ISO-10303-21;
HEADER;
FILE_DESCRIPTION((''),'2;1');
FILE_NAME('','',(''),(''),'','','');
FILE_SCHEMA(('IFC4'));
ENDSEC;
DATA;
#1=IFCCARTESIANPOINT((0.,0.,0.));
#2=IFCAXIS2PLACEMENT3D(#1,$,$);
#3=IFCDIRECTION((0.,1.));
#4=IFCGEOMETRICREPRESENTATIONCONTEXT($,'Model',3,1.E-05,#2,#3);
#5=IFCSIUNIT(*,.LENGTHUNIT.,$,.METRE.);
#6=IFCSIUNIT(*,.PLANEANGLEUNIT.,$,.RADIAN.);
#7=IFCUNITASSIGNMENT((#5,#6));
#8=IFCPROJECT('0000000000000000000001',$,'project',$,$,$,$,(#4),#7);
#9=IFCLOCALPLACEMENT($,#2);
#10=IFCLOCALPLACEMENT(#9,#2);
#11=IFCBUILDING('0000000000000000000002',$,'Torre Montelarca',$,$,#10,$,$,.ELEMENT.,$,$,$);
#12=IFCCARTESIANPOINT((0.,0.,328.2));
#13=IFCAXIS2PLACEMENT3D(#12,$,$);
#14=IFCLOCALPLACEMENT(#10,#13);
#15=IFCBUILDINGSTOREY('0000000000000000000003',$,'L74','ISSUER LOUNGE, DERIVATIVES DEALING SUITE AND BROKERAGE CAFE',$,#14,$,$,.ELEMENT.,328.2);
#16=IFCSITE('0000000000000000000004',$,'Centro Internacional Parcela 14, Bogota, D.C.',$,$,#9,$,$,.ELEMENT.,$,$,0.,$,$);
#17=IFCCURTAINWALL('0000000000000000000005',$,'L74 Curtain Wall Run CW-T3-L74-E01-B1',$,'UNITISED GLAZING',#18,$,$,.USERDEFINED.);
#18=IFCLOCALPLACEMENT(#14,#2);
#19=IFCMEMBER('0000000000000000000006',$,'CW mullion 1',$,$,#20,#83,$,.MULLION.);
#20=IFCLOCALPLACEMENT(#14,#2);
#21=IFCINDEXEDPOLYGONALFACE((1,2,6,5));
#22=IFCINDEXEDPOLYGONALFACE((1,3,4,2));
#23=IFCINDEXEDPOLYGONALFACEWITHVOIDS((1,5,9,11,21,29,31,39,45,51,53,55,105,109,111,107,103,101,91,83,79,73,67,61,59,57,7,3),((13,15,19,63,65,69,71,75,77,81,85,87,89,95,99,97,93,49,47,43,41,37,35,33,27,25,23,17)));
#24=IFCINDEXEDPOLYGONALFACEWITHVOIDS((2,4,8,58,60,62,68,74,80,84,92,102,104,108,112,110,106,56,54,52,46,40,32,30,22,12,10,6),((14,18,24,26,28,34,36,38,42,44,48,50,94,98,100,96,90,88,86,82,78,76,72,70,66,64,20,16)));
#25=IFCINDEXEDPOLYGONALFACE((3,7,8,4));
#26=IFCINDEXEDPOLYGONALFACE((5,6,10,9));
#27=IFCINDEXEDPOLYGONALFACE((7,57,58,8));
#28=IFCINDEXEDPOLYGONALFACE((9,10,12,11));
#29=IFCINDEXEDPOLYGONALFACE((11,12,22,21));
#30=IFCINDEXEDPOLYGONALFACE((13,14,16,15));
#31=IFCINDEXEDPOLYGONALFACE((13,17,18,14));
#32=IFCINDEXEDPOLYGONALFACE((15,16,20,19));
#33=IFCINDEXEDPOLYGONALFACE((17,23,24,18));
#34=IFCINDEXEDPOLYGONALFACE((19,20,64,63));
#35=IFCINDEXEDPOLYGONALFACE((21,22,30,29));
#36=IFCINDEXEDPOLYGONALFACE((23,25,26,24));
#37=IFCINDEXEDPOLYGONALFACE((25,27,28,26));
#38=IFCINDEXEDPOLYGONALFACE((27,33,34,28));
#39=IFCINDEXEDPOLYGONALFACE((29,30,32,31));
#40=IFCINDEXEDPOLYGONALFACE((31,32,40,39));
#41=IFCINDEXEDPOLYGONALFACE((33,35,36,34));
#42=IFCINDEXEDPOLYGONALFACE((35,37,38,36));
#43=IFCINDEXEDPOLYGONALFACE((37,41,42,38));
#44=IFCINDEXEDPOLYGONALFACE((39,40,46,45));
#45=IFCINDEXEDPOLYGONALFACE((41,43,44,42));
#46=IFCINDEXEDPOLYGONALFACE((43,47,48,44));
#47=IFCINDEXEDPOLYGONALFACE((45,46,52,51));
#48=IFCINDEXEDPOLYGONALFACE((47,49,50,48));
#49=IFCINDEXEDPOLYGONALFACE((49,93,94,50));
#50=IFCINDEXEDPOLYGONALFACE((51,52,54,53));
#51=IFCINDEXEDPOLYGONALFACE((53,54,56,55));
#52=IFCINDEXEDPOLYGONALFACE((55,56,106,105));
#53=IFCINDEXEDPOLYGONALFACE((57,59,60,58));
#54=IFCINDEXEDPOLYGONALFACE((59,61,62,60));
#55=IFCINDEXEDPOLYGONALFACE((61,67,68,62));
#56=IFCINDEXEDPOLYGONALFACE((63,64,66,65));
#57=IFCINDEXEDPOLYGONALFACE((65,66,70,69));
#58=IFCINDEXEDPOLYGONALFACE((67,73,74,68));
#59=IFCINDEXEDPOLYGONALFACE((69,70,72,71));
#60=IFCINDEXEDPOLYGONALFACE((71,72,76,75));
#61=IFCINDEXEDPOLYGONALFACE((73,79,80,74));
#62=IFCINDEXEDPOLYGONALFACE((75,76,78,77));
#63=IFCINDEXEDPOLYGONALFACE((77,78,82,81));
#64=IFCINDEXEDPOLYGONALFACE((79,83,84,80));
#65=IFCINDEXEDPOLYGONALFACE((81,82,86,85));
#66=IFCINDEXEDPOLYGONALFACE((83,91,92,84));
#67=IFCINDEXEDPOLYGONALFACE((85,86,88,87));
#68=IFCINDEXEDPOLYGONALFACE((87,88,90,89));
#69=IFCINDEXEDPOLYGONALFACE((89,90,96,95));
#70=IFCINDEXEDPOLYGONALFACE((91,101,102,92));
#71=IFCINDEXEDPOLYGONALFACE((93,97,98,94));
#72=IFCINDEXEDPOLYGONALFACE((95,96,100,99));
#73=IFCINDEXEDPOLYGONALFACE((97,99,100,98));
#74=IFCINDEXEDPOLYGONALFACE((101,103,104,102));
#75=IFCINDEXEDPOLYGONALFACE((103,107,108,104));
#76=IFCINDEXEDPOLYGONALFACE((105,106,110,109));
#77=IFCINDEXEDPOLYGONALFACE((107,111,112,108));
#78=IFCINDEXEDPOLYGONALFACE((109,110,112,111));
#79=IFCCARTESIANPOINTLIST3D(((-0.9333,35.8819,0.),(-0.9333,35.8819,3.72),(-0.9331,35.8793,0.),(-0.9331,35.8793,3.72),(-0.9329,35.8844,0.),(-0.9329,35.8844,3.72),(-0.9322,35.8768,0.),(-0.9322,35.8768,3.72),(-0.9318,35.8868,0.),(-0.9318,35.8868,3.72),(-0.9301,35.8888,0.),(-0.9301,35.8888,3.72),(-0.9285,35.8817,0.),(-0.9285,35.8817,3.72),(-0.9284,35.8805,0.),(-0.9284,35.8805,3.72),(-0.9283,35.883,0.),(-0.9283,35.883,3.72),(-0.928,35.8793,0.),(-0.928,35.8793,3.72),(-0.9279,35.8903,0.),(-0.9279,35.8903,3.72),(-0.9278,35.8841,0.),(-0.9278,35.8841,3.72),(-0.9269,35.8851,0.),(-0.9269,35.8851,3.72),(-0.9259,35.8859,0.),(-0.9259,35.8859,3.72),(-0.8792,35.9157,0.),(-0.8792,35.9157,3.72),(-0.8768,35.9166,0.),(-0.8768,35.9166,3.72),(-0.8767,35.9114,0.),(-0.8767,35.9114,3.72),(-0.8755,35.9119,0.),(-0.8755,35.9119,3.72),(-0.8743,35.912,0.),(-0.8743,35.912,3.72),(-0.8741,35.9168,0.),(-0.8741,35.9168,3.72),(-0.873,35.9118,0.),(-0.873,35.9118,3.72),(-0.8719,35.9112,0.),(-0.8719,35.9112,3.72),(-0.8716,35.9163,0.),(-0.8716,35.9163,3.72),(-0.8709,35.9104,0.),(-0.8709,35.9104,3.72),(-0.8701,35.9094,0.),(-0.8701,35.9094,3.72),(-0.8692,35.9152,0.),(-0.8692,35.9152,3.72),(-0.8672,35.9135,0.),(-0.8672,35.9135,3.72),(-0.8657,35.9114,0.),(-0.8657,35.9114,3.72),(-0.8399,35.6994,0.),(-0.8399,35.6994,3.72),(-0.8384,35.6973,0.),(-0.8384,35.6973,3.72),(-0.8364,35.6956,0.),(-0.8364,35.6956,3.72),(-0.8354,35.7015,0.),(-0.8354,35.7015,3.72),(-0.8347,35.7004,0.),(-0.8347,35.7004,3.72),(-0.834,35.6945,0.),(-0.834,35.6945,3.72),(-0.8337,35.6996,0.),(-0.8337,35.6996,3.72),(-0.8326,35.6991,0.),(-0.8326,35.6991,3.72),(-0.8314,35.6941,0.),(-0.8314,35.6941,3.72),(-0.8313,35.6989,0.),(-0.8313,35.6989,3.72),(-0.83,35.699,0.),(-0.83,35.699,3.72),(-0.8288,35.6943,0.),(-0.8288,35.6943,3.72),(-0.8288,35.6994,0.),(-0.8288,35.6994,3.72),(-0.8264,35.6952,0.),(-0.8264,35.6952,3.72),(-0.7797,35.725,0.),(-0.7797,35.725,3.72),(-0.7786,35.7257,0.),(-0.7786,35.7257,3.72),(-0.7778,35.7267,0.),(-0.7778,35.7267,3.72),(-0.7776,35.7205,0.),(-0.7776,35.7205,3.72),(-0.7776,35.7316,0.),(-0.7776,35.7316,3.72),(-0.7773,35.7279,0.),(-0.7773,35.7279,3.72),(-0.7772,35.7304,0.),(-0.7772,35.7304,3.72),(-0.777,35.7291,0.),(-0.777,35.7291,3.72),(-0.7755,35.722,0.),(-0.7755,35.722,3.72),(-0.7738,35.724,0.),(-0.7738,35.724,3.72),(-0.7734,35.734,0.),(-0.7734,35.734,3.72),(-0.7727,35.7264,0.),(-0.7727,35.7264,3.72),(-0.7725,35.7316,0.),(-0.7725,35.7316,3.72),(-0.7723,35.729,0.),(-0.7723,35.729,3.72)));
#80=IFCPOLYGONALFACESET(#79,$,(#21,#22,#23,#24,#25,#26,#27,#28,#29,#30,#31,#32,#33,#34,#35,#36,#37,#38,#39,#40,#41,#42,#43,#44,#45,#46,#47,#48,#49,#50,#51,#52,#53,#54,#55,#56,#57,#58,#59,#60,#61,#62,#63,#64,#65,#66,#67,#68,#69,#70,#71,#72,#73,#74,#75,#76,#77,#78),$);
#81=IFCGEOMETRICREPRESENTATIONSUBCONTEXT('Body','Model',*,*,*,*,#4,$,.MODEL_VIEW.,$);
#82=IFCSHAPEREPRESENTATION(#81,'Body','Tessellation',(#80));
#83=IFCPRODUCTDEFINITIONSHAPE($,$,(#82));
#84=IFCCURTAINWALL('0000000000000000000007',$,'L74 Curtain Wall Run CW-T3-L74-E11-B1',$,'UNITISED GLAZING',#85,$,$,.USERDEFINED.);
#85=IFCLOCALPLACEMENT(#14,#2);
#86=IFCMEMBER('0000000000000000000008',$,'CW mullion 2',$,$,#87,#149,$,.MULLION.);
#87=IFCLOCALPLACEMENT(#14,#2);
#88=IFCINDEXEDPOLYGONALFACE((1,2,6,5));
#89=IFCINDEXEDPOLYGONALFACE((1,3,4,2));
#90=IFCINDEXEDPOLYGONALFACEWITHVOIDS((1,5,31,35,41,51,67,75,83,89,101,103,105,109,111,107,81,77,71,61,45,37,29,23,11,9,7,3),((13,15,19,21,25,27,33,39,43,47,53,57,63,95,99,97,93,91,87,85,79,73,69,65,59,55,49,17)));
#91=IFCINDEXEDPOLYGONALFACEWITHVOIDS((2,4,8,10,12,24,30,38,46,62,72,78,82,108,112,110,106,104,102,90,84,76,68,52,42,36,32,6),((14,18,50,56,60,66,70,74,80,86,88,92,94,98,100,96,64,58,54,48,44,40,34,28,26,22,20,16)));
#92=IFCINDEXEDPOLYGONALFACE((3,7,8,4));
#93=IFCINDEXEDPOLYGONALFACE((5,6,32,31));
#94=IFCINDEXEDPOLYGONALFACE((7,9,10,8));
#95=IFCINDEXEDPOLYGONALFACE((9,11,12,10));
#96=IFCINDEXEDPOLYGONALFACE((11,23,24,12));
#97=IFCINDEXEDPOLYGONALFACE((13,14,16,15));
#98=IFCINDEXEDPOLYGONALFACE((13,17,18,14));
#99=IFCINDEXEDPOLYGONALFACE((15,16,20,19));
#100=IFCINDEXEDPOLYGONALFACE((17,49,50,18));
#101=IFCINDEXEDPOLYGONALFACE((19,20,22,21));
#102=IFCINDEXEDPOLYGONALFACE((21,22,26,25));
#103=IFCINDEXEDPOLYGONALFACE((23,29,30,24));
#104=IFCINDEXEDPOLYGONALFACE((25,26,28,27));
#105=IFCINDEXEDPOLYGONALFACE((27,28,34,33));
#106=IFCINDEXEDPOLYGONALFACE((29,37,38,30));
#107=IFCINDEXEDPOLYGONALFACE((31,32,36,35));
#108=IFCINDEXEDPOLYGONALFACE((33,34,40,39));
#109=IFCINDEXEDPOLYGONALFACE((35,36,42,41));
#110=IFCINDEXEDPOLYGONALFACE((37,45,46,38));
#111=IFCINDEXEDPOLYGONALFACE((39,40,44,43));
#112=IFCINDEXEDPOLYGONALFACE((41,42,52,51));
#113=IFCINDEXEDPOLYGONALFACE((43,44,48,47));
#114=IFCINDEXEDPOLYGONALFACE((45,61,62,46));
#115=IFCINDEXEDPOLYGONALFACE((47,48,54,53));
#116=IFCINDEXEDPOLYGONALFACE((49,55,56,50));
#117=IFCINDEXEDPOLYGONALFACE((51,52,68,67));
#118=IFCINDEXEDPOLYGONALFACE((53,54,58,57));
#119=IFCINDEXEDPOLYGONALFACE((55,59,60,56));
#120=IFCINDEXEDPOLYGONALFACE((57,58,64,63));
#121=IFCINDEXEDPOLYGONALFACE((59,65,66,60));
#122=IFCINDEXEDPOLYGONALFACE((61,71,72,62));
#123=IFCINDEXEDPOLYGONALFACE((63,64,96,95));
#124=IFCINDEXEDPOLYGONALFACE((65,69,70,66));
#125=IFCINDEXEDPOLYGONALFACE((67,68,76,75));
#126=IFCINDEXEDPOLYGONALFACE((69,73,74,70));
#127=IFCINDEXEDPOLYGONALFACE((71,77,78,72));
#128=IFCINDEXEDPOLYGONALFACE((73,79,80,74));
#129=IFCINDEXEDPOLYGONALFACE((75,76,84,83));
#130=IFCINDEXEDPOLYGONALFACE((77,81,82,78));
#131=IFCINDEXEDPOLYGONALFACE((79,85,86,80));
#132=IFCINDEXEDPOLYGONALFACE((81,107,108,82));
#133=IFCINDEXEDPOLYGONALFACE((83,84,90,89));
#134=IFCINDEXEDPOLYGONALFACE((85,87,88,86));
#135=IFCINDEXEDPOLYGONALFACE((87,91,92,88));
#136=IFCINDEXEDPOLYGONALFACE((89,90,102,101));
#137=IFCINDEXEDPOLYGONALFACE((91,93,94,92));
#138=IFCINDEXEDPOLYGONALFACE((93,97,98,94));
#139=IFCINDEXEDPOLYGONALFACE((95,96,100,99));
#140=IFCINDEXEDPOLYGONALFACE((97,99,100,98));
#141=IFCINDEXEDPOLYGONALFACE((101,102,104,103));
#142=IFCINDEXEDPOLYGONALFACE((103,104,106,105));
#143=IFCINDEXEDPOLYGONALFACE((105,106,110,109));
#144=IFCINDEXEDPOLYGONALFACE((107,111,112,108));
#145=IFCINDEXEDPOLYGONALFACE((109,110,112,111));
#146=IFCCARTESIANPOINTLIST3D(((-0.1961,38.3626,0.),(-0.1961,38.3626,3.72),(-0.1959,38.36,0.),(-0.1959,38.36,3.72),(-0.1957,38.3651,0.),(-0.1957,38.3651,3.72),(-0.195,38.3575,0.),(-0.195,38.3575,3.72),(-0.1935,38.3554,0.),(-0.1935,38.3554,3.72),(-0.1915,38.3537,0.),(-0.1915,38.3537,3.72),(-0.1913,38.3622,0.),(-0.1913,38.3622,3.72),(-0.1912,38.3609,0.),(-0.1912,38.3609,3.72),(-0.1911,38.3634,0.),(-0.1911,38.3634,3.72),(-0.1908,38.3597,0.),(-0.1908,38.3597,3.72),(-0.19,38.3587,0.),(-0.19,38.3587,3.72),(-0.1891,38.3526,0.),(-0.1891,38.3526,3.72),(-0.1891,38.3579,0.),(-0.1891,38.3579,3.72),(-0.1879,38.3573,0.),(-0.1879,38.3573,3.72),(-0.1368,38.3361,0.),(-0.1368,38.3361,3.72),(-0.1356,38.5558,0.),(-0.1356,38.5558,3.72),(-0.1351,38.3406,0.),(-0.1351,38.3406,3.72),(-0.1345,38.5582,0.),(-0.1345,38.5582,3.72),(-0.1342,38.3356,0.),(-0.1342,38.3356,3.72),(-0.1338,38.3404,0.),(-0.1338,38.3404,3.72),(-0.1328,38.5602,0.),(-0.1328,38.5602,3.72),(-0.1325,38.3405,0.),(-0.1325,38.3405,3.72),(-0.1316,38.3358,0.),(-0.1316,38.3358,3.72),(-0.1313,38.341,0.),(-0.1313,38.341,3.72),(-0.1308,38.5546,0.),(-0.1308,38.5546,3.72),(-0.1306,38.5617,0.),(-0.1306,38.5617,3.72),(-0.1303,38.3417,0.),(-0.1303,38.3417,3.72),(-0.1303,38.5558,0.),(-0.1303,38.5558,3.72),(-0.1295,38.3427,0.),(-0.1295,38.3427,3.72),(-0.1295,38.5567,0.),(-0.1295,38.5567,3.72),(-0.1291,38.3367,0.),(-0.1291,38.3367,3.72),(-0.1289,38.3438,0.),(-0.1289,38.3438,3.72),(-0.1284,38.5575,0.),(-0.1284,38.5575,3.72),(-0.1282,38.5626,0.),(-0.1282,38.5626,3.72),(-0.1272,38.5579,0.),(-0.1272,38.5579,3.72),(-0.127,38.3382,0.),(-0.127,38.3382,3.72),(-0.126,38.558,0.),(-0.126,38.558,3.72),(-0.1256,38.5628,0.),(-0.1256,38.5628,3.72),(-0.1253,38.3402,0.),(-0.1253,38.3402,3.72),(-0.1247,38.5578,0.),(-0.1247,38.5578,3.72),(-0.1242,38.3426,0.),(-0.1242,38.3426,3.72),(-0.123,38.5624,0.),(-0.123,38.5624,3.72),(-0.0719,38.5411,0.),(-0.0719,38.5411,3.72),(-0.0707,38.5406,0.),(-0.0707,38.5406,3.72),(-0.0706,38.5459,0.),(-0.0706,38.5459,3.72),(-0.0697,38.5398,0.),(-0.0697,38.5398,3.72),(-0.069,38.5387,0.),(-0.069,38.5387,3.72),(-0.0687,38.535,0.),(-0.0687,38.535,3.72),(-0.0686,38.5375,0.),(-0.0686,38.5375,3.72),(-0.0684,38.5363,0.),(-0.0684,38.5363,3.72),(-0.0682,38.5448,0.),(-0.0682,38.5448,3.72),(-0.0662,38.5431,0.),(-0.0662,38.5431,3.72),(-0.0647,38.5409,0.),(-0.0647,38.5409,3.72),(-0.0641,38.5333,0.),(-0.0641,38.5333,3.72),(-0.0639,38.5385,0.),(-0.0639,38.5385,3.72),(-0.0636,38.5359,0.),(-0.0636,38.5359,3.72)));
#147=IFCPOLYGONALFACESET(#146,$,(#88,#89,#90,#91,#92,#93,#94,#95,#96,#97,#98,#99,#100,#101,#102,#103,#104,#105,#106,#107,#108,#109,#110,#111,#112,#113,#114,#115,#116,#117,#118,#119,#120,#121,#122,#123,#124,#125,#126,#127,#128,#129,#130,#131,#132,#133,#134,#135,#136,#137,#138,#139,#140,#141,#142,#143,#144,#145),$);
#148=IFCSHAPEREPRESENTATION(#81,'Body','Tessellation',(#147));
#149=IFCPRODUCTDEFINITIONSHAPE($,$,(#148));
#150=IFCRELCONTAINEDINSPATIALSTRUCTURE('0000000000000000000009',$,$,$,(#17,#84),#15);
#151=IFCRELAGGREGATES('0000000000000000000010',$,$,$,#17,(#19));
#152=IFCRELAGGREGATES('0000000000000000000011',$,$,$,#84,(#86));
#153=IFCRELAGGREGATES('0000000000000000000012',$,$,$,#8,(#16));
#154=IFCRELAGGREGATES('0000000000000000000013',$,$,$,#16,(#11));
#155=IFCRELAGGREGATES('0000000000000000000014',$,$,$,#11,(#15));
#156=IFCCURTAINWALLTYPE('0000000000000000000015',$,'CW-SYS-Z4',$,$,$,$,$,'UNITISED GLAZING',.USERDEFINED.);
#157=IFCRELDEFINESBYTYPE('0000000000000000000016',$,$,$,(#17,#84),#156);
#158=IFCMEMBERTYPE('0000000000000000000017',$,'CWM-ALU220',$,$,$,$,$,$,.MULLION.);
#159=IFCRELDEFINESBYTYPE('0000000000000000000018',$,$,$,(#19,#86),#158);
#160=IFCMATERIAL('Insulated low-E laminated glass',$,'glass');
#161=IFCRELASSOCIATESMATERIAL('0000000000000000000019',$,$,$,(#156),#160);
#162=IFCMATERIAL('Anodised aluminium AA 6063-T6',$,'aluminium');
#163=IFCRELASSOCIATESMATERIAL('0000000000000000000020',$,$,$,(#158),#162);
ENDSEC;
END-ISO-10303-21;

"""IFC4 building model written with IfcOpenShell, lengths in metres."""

from ifc_helpers import new_model, si_unit, direction, frame, origin, origin_2d, place, context, subcontext, project, spatial, hollow_rectangle, extrude, source, transform, mapped, material, material_profile, profile_set, type_object, element, aggregate, save


model = new_model("IFC4")

# Units and contexts
model_context = context("Model", 3, precision=1e-05, world=origin(), true_north=direction((0.0, 1.0)))
body_context = subcontext(model_context, "Body", "Model", "MODEL_VIEW")
ifc_project = project(units=[si_unit("LENGTHUNIT", "METRE"), si_unit("PLANEANGLEUNIT", "RADIAN")], contexts=[model_context])

# Site, building, storey
site_placement = place(None, origin())
site = spatial("IfcSite", under=ifc_project, at=site_placement, Name="Centro Internacional Parcela 14, Bogota, D.C.", CompositionType="ELEMENT", RefElevation=0.0)
building_placement = place(site_placement, origin())
building = spatial("IfcBuilding", under=site, at=building_placement, Name="Torre Montelarca", CompositionType="ELEMENT")
storey_placement = place(building_placement, frame((0.0, 0.0, 328.2)))
storey = spatial("IfcBuildingStorey", under=building, at=storey_placement, Name="L74", Description="ISSUER LOUNGE, DERIVATIVES DEALING SUITE AND BROKERAGE CAFE", CompositionType="ELEMENT", Elevation=328.2)

# Curtain wall, member
ifc_material_1 = material(Name="Insulated low-E laminated glass", Category="glass")
curtain_wall_type = type_object("IfcCurtainWallType", Name="CW-SYS-Z4", ElementType="UNITISED GLAZING", PredefinedType="USERDEFINED", material=ifc_material_1)
curtain_wall_1_placement = place(storey_placement, origin())
curtain_wall_1 = element("IfcCurtainWall", 1, at=curtain_wall_1_placement, inside=storey, type_object=curtain_wall_type, Name="L74 Curtain Wall Run CW-T3-L74-E01-B1", ObjectType="UNITISED GLAZING", PredefinedType="USERDEFINED")
ifc_material_2 = material(Name="Anodised aluminium AA 6063-T6", Category="aluminium")
ifc_material_profile_1 = material_profile(ifc_material_2, hollow_rectangle(XDim=0.075, YDim=0.22, WallThickness=0.0049, InnerFilletRadius=0.0049, OuterFilletRadius=0.01, at=origin_2d()), Name="ALU75X220X5", Category="aluminium")
ifc_profile_set_1 = profile_set([ifc_material_profile_1], Name="Anodised aluminium AA 6063-T6")
member_type_1 = type_object("IfcMemberType", Name="CWM-ALU220", PredefinedType="MULLION", material=ifc_profile_set_1)
shared_shape_1 = source(origin(), body_context, "Body", "SweptSolid", [
    extrude(hollow_rectangle(XDim=0.075, YDim=0.22, WallThickness=0.0049, InnerFilletRadius=0.0049, OuterFilletRadius=0.01, at=origin_2d()), origin(), (0.0, 0.0, 1.0), 3.72),
])
member_1_placement = place(storey_placement, frame((-0.8528, 35.8054, 0.0), z_axis=(0.0, 0.0, 1.0), x_axis=(0.887011, 0.461747, 0.0)))
member_1 = element("IfcMember", 2, at=member_1_placement, type_object=member_type_1, Name="CW mullion 1", PredefinedType="MULLION", context=body_context, shape_type="MappedRepresentation", body=[
    mapped(shared_shape_1, transform((0.0, 0.0, 0.0), scale=1.0)),
])

# Curtain wall, member
curtain_wall_2_placement = place(storey_placement, origin())
curtain_wall_2 = element("IfcCurtainWall", 3, at=curtain_wall_2_placement, inside=storey, type_object=curtain_wall_type, Name="L74 Curtain Wall Run CW-T3-L74-E11-B1", ObjectType="UNITISED GLAZING", PredefinedType="USERDEFINED")
member_2_placement = place(storey_placement, frame((-0.1299, 38.4492, 0.0), z_axis=(0.0, 0.0, 1.0), x_axis=(0.953721, -0.300693, 0.0)))
member_2 = element("IfcMember", 4, at=member_2_placement, type_object=member_type_1, Name="CW mullion 2", PredefinedType="MULLION", context=body_context, shape_type="MappedRepresentation", body=[
    mapped(shared_shape_1, transform((0.0, 0.0, 0.0), scale=1.0)),
])

aggregate(curtain_wall_1, [member_1])

aggregate(curtain_wall_2, [member_2])

save(model, "model.ifc")
